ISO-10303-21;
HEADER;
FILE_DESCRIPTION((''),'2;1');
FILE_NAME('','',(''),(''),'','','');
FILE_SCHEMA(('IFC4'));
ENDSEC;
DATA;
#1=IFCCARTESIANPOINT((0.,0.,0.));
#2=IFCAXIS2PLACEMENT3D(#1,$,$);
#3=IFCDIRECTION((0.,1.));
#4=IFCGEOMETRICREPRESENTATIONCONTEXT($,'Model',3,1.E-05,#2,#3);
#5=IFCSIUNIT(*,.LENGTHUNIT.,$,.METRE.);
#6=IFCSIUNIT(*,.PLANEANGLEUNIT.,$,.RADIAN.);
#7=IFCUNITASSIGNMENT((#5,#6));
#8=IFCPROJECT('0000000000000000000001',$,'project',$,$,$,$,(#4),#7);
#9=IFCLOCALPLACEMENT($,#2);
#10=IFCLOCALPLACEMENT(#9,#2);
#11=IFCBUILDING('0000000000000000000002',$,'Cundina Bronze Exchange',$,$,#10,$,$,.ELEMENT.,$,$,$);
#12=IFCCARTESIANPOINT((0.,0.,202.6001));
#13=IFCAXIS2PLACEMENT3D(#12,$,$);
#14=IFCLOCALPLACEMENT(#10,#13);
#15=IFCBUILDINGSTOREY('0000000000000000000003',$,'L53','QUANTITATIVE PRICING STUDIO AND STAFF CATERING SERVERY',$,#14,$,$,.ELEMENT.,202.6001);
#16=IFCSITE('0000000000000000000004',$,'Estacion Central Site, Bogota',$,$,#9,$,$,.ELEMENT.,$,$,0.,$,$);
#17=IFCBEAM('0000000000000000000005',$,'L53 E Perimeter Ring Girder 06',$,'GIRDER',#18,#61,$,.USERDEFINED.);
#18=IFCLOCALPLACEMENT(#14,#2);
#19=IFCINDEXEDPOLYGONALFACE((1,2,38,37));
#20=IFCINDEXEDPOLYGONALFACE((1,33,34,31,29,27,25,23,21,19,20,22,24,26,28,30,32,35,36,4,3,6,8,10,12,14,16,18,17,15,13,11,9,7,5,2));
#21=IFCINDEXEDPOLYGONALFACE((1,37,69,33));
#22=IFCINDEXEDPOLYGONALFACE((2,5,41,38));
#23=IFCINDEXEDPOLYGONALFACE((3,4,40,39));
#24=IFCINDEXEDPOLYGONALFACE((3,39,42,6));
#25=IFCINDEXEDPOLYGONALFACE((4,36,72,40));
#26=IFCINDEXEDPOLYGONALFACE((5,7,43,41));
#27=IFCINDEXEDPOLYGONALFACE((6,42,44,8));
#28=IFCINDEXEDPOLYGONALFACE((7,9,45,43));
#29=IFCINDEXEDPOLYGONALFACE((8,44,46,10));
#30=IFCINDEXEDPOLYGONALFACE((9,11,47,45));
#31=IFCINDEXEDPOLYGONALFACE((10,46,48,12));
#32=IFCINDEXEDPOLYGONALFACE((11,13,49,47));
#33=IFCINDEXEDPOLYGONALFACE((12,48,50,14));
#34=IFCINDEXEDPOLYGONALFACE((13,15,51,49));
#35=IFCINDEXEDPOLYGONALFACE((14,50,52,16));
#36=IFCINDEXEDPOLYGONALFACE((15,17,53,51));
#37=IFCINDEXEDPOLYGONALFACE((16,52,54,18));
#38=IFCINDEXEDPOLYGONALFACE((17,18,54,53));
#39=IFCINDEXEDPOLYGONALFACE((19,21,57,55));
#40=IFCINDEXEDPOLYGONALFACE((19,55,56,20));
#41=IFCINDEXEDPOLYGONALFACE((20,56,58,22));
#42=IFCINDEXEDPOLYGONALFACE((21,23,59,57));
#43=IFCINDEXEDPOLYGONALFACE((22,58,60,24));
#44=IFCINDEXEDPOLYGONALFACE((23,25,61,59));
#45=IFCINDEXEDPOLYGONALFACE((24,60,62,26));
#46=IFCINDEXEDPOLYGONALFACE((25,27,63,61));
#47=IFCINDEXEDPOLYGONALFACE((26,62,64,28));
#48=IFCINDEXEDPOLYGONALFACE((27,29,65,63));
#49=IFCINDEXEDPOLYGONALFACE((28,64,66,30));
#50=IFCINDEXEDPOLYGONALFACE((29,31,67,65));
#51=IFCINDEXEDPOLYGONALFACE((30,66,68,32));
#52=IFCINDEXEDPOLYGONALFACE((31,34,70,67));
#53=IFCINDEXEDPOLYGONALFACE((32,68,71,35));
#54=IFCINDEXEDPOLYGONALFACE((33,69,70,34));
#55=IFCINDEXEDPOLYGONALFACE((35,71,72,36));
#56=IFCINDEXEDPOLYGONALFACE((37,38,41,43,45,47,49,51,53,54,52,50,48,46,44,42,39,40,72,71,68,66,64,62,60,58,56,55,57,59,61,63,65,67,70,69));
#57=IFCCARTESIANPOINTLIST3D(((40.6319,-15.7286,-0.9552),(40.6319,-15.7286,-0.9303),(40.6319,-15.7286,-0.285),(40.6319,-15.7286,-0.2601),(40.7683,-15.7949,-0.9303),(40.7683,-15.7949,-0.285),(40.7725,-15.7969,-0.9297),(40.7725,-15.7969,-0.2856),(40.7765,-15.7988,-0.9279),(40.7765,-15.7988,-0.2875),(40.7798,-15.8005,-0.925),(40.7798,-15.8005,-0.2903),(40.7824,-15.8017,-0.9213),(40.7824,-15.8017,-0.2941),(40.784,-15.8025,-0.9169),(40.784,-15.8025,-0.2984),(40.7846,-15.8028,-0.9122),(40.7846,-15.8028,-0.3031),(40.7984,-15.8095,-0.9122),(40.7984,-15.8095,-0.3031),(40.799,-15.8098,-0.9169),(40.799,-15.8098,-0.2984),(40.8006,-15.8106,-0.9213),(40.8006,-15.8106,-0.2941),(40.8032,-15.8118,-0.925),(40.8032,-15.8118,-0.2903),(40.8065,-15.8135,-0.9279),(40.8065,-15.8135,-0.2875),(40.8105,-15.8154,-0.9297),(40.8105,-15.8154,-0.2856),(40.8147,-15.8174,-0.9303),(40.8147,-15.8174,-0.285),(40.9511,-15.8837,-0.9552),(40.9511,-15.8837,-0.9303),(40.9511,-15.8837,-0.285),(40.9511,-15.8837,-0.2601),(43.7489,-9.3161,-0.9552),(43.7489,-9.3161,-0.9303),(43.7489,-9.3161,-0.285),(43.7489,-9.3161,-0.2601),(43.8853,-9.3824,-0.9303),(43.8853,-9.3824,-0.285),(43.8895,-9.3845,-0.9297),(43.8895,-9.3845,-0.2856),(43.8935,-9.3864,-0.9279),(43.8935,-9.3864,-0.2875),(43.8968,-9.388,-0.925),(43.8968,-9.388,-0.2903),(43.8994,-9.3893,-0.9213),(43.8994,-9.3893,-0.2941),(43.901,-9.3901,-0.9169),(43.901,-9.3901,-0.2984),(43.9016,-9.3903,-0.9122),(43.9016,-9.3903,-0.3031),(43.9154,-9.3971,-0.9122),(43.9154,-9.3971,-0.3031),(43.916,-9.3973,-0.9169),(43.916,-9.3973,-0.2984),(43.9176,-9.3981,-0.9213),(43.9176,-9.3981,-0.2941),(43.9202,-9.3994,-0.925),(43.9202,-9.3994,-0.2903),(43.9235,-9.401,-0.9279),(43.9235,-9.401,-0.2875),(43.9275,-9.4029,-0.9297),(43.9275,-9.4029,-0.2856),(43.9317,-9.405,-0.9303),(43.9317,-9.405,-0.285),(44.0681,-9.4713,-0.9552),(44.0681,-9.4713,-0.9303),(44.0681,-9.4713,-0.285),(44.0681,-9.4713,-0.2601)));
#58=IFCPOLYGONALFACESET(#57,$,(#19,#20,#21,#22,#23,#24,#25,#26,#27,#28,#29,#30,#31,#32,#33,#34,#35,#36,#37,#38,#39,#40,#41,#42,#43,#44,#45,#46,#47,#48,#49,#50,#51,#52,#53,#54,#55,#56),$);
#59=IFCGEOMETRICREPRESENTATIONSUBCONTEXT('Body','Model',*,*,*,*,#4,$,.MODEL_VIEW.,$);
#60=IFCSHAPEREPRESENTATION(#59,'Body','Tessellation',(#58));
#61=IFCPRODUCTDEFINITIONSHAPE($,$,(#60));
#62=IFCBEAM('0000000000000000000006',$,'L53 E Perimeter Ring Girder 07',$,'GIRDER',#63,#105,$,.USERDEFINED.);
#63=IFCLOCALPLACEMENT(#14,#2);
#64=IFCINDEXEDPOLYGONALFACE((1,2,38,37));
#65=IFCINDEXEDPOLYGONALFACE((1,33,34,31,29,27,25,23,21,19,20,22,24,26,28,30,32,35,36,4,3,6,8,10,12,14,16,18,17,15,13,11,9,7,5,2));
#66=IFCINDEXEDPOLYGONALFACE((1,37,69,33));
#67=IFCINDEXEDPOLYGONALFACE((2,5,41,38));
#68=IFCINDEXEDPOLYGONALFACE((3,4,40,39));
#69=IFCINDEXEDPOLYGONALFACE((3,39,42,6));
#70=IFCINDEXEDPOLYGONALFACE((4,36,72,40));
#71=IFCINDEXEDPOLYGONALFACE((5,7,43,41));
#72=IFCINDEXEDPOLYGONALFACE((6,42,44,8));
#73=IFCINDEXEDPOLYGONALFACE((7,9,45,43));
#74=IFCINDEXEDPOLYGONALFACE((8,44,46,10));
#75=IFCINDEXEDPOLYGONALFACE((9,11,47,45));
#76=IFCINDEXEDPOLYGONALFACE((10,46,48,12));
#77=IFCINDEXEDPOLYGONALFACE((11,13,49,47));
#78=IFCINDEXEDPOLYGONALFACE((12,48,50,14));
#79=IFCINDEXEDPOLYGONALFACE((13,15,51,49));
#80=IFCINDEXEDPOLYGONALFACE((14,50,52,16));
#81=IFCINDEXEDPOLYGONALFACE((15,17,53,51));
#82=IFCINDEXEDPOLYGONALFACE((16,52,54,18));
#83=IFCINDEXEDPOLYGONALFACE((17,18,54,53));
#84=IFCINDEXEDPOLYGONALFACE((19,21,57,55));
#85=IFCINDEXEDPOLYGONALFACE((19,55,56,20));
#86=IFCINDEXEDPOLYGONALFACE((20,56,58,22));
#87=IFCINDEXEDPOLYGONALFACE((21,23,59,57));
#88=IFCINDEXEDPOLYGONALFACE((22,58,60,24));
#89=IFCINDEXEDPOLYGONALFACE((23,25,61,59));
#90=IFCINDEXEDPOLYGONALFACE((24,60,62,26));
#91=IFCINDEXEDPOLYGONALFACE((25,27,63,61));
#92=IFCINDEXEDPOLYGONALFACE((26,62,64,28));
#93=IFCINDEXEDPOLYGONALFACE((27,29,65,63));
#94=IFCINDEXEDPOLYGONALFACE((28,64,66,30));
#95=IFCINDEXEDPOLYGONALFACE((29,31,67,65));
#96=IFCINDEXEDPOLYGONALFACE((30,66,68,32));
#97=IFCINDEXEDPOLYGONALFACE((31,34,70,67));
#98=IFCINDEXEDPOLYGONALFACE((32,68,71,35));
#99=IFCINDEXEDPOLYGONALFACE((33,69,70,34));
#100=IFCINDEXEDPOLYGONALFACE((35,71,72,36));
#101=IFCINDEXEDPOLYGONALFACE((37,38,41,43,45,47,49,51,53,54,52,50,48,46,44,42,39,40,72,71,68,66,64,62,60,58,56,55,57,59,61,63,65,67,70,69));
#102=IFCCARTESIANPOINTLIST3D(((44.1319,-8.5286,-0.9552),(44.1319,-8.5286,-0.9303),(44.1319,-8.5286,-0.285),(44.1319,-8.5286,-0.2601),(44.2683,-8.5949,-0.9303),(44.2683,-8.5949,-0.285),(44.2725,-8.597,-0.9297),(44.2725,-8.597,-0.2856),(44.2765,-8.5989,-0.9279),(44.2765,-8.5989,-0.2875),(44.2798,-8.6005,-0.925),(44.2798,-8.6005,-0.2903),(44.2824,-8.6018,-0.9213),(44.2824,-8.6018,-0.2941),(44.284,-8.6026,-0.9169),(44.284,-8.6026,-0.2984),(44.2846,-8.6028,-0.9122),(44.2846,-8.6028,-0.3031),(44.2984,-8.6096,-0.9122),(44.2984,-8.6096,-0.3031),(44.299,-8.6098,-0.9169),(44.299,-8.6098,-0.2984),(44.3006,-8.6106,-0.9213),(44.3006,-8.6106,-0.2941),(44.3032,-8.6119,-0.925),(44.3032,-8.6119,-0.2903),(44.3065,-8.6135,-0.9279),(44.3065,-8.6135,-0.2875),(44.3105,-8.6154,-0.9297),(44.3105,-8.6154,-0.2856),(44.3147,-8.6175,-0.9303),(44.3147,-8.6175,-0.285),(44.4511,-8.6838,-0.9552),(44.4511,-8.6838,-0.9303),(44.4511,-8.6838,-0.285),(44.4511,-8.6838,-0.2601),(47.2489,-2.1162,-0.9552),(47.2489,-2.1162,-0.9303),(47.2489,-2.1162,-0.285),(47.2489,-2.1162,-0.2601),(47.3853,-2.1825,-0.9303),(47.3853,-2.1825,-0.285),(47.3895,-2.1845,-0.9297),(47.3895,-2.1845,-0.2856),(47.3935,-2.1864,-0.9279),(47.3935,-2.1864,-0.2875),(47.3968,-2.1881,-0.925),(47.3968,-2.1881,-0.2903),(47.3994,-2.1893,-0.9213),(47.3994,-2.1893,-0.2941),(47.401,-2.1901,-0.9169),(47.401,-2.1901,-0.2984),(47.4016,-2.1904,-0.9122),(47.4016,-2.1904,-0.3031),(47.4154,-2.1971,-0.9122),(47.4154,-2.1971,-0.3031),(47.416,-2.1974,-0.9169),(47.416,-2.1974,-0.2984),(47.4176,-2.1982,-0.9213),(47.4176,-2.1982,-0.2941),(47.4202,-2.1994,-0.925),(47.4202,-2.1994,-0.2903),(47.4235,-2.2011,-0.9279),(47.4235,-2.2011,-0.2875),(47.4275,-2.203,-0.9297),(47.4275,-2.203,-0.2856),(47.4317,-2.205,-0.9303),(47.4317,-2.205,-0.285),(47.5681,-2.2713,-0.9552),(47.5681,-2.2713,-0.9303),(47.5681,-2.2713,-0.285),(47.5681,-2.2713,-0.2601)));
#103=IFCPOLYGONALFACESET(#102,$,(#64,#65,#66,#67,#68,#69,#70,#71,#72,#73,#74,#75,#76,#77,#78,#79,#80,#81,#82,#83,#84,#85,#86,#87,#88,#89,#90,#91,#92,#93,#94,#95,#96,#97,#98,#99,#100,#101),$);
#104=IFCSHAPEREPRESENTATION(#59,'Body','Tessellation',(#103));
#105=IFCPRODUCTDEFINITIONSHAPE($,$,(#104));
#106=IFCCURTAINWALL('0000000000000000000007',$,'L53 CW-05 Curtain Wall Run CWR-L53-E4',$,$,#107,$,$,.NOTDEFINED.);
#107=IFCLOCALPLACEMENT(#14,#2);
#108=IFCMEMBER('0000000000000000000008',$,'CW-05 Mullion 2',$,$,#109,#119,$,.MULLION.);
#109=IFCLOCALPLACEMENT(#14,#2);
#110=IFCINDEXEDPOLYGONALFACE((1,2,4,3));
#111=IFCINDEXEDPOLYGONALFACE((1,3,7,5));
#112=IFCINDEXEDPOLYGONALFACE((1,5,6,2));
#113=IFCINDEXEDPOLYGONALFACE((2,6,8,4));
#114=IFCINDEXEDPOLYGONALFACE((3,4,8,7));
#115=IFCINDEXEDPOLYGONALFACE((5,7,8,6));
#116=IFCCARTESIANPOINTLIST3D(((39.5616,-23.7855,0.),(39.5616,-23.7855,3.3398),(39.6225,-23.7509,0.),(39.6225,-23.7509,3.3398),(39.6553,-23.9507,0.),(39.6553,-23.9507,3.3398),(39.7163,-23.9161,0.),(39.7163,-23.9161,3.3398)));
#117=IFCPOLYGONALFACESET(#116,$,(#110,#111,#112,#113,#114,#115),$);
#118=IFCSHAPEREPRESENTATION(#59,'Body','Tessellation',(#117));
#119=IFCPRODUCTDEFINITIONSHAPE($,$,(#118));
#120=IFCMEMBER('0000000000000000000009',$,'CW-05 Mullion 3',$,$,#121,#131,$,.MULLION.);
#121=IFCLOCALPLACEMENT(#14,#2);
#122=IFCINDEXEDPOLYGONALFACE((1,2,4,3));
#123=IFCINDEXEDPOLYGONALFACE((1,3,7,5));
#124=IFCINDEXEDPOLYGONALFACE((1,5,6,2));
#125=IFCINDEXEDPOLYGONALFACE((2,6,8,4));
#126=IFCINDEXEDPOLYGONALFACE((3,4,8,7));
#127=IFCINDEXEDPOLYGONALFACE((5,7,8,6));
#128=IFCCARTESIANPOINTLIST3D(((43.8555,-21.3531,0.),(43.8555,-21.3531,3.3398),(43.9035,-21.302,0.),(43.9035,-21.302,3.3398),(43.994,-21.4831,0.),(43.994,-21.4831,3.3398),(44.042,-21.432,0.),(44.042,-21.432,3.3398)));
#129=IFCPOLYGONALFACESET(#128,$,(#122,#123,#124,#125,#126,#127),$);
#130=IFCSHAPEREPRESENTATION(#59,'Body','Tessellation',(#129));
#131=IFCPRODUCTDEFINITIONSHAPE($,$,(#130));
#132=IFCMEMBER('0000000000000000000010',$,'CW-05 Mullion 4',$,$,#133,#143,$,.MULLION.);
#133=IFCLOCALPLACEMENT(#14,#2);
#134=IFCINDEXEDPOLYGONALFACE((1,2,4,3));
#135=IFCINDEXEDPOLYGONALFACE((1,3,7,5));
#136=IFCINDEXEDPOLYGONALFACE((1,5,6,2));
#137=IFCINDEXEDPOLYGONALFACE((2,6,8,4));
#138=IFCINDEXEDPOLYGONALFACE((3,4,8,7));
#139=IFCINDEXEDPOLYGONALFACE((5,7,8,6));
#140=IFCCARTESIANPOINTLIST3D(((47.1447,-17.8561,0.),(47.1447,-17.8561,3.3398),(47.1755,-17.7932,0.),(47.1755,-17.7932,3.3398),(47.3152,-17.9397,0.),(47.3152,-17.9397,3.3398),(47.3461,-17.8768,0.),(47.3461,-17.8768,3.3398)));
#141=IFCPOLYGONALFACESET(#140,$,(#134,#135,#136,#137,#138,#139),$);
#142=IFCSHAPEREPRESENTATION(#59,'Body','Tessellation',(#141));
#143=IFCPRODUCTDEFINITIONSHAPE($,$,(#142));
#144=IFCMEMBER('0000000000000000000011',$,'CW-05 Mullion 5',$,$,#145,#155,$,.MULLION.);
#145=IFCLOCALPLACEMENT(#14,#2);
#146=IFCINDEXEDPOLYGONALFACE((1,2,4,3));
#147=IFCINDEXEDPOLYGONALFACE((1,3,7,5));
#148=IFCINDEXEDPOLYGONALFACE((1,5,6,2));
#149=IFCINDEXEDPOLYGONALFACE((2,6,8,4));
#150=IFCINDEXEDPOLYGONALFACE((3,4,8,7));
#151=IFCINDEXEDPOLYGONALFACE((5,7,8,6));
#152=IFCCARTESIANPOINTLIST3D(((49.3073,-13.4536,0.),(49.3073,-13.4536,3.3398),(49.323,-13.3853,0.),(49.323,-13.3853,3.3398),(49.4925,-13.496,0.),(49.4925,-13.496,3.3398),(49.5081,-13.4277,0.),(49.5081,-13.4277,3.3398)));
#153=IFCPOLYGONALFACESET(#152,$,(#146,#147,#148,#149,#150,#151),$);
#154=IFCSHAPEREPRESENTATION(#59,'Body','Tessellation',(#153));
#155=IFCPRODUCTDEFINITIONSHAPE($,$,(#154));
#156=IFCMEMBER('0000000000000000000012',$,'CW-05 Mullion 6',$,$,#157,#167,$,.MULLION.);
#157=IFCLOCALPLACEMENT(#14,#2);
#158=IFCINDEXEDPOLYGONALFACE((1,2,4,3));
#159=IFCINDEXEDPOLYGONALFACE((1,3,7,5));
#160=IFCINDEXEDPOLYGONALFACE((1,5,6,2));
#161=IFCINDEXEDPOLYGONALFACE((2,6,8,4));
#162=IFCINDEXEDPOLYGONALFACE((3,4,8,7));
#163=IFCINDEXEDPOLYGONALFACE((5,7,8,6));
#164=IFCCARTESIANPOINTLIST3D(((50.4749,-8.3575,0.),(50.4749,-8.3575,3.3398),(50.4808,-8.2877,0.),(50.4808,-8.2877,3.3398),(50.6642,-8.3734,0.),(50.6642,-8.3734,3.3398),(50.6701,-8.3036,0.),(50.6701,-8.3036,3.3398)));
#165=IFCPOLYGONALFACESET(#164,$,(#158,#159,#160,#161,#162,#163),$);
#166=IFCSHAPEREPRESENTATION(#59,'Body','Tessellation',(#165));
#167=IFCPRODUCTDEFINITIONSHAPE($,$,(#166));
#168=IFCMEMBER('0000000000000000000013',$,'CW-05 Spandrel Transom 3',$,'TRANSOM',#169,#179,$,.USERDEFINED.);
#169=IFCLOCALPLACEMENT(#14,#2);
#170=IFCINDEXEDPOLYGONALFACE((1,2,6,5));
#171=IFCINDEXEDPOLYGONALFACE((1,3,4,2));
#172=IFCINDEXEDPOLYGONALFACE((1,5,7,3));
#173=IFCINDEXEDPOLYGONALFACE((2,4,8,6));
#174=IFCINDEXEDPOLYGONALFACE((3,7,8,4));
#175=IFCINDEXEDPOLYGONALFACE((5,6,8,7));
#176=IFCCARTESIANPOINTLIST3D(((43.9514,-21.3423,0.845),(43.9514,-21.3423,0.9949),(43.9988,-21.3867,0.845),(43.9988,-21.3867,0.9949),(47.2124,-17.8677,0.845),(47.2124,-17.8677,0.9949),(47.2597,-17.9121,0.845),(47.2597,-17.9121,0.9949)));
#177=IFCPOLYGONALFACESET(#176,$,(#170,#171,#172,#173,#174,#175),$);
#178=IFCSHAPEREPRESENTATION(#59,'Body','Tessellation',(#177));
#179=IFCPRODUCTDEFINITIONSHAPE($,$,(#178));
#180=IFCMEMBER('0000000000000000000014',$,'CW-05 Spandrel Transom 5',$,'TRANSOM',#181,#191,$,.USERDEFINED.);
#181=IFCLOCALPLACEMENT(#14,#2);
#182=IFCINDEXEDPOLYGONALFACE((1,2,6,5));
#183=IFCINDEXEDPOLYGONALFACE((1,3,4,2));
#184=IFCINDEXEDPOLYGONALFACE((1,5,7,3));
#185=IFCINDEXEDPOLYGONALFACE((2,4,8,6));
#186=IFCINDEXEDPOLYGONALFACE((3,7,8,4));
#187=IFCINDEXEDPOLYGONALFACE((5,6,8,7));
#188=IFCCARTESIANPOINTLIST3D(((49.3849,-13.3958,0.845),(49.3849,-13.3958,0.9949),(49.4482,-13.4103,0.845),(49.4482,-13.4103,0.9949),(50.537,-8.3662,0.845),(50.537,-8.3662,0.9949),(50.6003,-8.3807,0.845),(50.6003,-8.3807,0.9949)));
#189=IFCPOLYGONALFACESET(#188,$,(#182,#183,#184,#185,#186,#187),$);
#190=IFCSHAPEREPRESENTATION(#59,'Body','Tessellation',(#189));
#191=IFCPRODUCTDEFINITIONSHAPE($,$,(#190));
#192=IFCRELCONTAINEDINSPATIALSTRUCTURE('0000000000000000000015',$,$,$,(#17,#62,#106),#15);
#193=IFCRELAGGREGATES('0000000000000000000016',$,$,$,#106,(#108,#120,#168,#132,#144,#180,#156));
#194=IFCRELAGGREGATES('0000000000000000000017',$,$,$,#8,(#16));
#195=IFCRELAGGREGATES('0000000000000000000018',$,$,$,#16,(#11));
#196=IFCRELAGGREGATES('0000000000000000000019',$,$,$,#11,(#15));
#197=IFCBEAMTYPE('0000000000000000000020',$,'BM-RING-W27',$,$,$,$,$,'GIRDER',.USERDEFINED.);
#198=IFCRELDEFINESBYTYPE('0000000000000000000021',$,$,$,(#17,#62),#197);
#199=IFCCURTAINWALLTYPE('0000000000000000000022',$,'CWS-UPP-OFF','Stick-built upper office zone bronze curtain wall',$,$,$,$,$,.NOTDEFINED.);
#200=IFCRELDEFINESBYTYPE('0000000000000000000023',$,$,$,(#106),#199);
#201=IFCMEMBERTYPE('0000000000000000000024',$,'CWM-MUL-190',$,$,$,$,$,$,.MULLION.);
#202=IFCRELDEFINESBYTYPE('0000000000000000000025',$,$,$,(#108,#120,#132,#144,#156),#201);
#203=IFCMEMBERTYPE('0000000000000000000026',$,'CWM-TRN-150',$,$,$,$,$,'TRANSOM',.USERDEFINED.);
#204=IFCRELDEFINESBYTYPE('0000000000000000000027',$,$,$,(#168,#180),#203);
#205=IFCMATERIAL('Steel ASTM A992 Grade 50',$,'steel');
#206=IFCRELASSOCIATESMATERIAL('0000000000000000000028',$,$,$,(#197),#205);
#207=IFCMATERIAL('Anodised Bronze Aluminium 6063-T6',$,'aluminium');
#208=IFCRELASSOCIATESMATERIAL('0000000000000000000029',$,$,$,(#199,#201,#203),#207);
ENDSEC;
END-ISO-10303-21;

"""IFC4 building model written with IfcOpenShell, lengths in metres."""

from ifc_helpers import new_model, si_unit, direction, frame, origin, origin_2d, place, context, subcontext, project, spatial, rectangle, i_section, extrude, material, material_profile, profile_set, type_object, element, aggregate, save


model = new_model("IFC4")

# Units and contexts
model_context = context("Model", 3, precision=1e-05, world=origin(), true_north=direction((0.0, 1.0)))
body_context = subcontext(model_context, "Body", "Model", "MODEL_VIEW")
ifc_project = project(units=[si_unit("LENGTHUNIT", "METRE"), si_unit("PLANEANGLEUNIT", "RADIAN")], contexts=[model_context])

# Site, building, storey
site_placement = place(None, origin())
site = spatial("IfcSite", under=ifc_project, at=site_placement, Name="Estacion Central Site, Bogota", CompositionType="ELEMENT", RefElevation=0.0)
building_placement = place(site_placement, origin())
building = spatial("IfcBuilding", under=site, at=building_placement, Name="Cundina Bronze Exchange", CompositionType="ELEMENT")
storey_placement = place(building_placement, frame((0.0, 0.0, 202.6001)))
storey = spatial("IfcBuildingStorey", under=building, at=storey_placement, Name="L53", Description="QUANTITATIVE PRICING STUDIO AND STAFF CATERING SERVERY", CompositionType="ELEMENT", Elevation=202.6001)

# Beams
ifc_material_1 = material(Name="Steel ASTM A992 Grade 50", Category="steel")
ifc_material_profile_1 = material_profile(ifc_material_1, i_section(OverallWidth=0.355, OverallDepth=0.6951, WebThickness=0.0154, FlangeThickness=0.0249, FilletRadius=0.0181, at=origin_2d()), Name="W27X146", Category="steel")
ifc_profile_set_1 = profile_set([ifc_material_profile_1], Name="Steel ASTM A992 Grade 50")
beam_type_1 = type_object("IfcBeamType", Name="BM-RING-W27", ElementType="GIRDER", PredefinedType="USERDEFINED", material=ifc_profile_set_1)
for number, where, z_axis, x_axis, name in (
    (1, (40.7915, -15.8062, -0.6077), (0.437173, 0.899377, 0.0), (-0.899377, 0.437173, 0.0), "L53 E Perimeter Ring Girder 06"),
    (2, (44.2915, -8.6062, -0.6077), (0.437173, 0.899377, 0.0), (-0.899377, 0.437173, 0.0), "L53 E Perimeter Ring Girder 07"),
):
    element("IfcBeam", number, at=place(storey_placement, frame(where, z_axis=z_axis, x_axis=x_axis)), inside=storey, type_object=beam_type_1, Name=name, ObjectType="GIRDER", PredefinedType="USERDEFINED", context=body_context, shape_type="SweptSolid", body=[
        extrude(i_section(OverallWidth=0.355, OverallDepth=0.6951, WebThickness=0.0154, FlangeThickness=0.0249, FilletRadius=0.0181, at=origin_2d()), origin(), (0.0, 0.0, 1.0), 7.1299),
    ])

# Curtain wall, members
ifc_material_2 = material(Name="Anodised Bronze Aluminium 6063-T6", Category="aluminium")
curtain_wall_type = type_object("IfcCurtainWallType", Name="CWS-UPP-OFF", Description="Stick-built upper office zone bronze curtain wall", PredefinedType="NOTDEFINED", material=ifc_material_2)
curtain_wall_placement = place(storey_placement, origin())
curtain_wall = element("IfcCurtainWall", 3, at=curtain_wall_placement, inside=storey, type_object=curtain_wall_type, Name="L53 CW-05 Curtain Wall Run CWR-L53-E4", PredefinedType="NOTDEFINED")
ifc_material_profile_2 = material_profile(ifc_material_2, rectangle(XDim=0.0701, YDim=0.1899, at=origin_2d()), Name="AL70X190", Category="aluminium")
ifc_profile_set_2 = profile_set([ifc_material_profile_2], Name="Anodised Bronze Aluminium 6063-T6")
member_type_1 = type_object("IfcMemberType", Name="CWM-MUL-190", PredefinedType="MULLION", material=ifc_profile_set_2)
member_1_placement = place(storey_placement, frame((39.6389, -23.8508, 0.0), z_axis=(0.0, 0.0, 1.0), x_axis=(0.869581, 0.49379, 0.0)))
member_1 = element("IfcMember", 4, at=member_1_placement, type_object=member_type_1, Name="CW-05 Mullion 2", PredefinedType="MULLION", context=body_context, shape_type="SweptSolid", body=[
    extrude(rectangle(XDim=0.0701, YDim=0.1899, at=origin_2d()), origin(), (0.0, 0.0, 1.0), 3.3398),
])
member_2_placement = place(storey_placement, frame((43.9487, -21.3926, 0.0), z_axis=(0.0, 0.0, 1.0), x_axis=(0.684293, 0.729208, 0.0)))
member_2 = element("IfcMember", 5, at=member_2_placement, type_object=member_type_1, Name="CW-05 Mullion 3", PredefinedType="MULLION", context=body_context, shape_type="SweptSolid", body=[
    extrude(rectangle(XDim=0.0701, YDim=0.1899, at=origin_2d()), origin(), (0.0, 0.0, 1.0), 3.3398),
])
member_3_placement = place(storey_placement, frame((47.2454, -17.8665, 0.0), z_axis=(0.0, 0.0, 1.0), x_axis=(0.440566, 0.89772, 0.0)))
member_3 = element("IfcMember", 6, at=member_3_placement, type_object=member_type_1, Name="CW-05 Mullion 4", PredefinedType="MULLION", context=body_context, shape_type="SweptSolid", body=[
    extrude(rectangle(XDim=0.0701, YDim=0.1899, at=origin_2d()), origin(), (0.0, 0.0, 1.0), 3.3398),
])
member_4_placement = place(storey_placement, frame((49.4077, -13.4407, 0.0), z_axis=(0.0, 0.0, 1.0), x_axis=(0.22325, 0.974761, 0.0)))
member_4 = element("IfcMember", 7, at=member_4_placement, type_object=member_type_1, Name="CW-05 Mullion 5", PredefinedType="MULLION", context=body_context, shape_type="SweptSolid", body=[
    extrude(rectangle(XDim=0.0701, YDim=0.1899, at=origin_2d()), origin(), (0.0, 0.0, 1.0), 3.3398),
])
member_5_placement = place(storey_placement, frame((50.5725, -8.3306, 0.0), z_axis=(0.0, 0.0, 1.0), x_axis=(0.083678, 0.996493, 0.0)))
member_5 = element("IfcMember", 8, at=member_5_placement, type_object=member_type_1, Name="CW-05 Mullion 6", PredefinedType="MULLION", context=body_context, shape_type="SweptSolid", body=[
    extrude(rectangle(XDim=0.0701, YDim=0.1899, at=origin_2d()), origin(), (0.0, 0.0, 1.0), 3.3398),
])
ifc_material_profile_3 = material_profile(ifc_material_2, rectangle(XDim=0.0649, YDim=0.1499, at=origin_2d()), Name="AL65X150", Category="aluminium")
ifc_profile_set_3 = profile_set([ifc_material_profile_3], Name="Anodised Bronze Aluminium 6063-T6")
member_type_2 = type_object("IfcMemberType", Name="CWM-TRN-150", ElementType="TRANSOM", PredefinedType="USERDEFINED", material=ifc_profile_set_3)
member_6_placement = place(storey_placement, frame((43.9751, -21.3645, 0.9199), z_axis=(0.684336, 0.729166, 0.0), x_axis=(-0.729166, 0.684336, 0.0)))
member_6 = element("IfcMember", 9, at=member_6_placement, type_object=member_type_2, Name="CW-05 Spandrel Transom 3", ObjectType="TRANSOM", PredefinedType="USERDEFINED", context=body_context, shape_type="SweptSolid", body=[
    extrude(rectangle(XDim=0.0649, YDim=0.1499, at=origin_2d()), origin(), (0.0, 0.0, 1.0), 4.7651),
])
member_7_placement = place(storey_placement, frame((49.4165, -13.4031, 0.9199), z_axis=(0.223283, 0.974754, 0.0), x_axis=(-0.974754, 0.223283, 0.0)))
member_7 = element("IfcMember", 10, at=member_7_placement, type_object=member_type_2, Name="CW-05 Spandrel Transom 5", ObjectType="TRANSOM", PredefinedType="USERDEFINED", context=body_context, shape_type="SweptSolid", body=[
    extrude(rectangle(XDim=0.0649, YDim=0.1499, at=origin_2d()), origin(), (0.0, 0.0, 1.0), 5.1599),
])
aggregate(curtain_wall, [member_1, member_2, member_6, member_3, member_4, member_7, member_5])

save(model, "model.ifc")
